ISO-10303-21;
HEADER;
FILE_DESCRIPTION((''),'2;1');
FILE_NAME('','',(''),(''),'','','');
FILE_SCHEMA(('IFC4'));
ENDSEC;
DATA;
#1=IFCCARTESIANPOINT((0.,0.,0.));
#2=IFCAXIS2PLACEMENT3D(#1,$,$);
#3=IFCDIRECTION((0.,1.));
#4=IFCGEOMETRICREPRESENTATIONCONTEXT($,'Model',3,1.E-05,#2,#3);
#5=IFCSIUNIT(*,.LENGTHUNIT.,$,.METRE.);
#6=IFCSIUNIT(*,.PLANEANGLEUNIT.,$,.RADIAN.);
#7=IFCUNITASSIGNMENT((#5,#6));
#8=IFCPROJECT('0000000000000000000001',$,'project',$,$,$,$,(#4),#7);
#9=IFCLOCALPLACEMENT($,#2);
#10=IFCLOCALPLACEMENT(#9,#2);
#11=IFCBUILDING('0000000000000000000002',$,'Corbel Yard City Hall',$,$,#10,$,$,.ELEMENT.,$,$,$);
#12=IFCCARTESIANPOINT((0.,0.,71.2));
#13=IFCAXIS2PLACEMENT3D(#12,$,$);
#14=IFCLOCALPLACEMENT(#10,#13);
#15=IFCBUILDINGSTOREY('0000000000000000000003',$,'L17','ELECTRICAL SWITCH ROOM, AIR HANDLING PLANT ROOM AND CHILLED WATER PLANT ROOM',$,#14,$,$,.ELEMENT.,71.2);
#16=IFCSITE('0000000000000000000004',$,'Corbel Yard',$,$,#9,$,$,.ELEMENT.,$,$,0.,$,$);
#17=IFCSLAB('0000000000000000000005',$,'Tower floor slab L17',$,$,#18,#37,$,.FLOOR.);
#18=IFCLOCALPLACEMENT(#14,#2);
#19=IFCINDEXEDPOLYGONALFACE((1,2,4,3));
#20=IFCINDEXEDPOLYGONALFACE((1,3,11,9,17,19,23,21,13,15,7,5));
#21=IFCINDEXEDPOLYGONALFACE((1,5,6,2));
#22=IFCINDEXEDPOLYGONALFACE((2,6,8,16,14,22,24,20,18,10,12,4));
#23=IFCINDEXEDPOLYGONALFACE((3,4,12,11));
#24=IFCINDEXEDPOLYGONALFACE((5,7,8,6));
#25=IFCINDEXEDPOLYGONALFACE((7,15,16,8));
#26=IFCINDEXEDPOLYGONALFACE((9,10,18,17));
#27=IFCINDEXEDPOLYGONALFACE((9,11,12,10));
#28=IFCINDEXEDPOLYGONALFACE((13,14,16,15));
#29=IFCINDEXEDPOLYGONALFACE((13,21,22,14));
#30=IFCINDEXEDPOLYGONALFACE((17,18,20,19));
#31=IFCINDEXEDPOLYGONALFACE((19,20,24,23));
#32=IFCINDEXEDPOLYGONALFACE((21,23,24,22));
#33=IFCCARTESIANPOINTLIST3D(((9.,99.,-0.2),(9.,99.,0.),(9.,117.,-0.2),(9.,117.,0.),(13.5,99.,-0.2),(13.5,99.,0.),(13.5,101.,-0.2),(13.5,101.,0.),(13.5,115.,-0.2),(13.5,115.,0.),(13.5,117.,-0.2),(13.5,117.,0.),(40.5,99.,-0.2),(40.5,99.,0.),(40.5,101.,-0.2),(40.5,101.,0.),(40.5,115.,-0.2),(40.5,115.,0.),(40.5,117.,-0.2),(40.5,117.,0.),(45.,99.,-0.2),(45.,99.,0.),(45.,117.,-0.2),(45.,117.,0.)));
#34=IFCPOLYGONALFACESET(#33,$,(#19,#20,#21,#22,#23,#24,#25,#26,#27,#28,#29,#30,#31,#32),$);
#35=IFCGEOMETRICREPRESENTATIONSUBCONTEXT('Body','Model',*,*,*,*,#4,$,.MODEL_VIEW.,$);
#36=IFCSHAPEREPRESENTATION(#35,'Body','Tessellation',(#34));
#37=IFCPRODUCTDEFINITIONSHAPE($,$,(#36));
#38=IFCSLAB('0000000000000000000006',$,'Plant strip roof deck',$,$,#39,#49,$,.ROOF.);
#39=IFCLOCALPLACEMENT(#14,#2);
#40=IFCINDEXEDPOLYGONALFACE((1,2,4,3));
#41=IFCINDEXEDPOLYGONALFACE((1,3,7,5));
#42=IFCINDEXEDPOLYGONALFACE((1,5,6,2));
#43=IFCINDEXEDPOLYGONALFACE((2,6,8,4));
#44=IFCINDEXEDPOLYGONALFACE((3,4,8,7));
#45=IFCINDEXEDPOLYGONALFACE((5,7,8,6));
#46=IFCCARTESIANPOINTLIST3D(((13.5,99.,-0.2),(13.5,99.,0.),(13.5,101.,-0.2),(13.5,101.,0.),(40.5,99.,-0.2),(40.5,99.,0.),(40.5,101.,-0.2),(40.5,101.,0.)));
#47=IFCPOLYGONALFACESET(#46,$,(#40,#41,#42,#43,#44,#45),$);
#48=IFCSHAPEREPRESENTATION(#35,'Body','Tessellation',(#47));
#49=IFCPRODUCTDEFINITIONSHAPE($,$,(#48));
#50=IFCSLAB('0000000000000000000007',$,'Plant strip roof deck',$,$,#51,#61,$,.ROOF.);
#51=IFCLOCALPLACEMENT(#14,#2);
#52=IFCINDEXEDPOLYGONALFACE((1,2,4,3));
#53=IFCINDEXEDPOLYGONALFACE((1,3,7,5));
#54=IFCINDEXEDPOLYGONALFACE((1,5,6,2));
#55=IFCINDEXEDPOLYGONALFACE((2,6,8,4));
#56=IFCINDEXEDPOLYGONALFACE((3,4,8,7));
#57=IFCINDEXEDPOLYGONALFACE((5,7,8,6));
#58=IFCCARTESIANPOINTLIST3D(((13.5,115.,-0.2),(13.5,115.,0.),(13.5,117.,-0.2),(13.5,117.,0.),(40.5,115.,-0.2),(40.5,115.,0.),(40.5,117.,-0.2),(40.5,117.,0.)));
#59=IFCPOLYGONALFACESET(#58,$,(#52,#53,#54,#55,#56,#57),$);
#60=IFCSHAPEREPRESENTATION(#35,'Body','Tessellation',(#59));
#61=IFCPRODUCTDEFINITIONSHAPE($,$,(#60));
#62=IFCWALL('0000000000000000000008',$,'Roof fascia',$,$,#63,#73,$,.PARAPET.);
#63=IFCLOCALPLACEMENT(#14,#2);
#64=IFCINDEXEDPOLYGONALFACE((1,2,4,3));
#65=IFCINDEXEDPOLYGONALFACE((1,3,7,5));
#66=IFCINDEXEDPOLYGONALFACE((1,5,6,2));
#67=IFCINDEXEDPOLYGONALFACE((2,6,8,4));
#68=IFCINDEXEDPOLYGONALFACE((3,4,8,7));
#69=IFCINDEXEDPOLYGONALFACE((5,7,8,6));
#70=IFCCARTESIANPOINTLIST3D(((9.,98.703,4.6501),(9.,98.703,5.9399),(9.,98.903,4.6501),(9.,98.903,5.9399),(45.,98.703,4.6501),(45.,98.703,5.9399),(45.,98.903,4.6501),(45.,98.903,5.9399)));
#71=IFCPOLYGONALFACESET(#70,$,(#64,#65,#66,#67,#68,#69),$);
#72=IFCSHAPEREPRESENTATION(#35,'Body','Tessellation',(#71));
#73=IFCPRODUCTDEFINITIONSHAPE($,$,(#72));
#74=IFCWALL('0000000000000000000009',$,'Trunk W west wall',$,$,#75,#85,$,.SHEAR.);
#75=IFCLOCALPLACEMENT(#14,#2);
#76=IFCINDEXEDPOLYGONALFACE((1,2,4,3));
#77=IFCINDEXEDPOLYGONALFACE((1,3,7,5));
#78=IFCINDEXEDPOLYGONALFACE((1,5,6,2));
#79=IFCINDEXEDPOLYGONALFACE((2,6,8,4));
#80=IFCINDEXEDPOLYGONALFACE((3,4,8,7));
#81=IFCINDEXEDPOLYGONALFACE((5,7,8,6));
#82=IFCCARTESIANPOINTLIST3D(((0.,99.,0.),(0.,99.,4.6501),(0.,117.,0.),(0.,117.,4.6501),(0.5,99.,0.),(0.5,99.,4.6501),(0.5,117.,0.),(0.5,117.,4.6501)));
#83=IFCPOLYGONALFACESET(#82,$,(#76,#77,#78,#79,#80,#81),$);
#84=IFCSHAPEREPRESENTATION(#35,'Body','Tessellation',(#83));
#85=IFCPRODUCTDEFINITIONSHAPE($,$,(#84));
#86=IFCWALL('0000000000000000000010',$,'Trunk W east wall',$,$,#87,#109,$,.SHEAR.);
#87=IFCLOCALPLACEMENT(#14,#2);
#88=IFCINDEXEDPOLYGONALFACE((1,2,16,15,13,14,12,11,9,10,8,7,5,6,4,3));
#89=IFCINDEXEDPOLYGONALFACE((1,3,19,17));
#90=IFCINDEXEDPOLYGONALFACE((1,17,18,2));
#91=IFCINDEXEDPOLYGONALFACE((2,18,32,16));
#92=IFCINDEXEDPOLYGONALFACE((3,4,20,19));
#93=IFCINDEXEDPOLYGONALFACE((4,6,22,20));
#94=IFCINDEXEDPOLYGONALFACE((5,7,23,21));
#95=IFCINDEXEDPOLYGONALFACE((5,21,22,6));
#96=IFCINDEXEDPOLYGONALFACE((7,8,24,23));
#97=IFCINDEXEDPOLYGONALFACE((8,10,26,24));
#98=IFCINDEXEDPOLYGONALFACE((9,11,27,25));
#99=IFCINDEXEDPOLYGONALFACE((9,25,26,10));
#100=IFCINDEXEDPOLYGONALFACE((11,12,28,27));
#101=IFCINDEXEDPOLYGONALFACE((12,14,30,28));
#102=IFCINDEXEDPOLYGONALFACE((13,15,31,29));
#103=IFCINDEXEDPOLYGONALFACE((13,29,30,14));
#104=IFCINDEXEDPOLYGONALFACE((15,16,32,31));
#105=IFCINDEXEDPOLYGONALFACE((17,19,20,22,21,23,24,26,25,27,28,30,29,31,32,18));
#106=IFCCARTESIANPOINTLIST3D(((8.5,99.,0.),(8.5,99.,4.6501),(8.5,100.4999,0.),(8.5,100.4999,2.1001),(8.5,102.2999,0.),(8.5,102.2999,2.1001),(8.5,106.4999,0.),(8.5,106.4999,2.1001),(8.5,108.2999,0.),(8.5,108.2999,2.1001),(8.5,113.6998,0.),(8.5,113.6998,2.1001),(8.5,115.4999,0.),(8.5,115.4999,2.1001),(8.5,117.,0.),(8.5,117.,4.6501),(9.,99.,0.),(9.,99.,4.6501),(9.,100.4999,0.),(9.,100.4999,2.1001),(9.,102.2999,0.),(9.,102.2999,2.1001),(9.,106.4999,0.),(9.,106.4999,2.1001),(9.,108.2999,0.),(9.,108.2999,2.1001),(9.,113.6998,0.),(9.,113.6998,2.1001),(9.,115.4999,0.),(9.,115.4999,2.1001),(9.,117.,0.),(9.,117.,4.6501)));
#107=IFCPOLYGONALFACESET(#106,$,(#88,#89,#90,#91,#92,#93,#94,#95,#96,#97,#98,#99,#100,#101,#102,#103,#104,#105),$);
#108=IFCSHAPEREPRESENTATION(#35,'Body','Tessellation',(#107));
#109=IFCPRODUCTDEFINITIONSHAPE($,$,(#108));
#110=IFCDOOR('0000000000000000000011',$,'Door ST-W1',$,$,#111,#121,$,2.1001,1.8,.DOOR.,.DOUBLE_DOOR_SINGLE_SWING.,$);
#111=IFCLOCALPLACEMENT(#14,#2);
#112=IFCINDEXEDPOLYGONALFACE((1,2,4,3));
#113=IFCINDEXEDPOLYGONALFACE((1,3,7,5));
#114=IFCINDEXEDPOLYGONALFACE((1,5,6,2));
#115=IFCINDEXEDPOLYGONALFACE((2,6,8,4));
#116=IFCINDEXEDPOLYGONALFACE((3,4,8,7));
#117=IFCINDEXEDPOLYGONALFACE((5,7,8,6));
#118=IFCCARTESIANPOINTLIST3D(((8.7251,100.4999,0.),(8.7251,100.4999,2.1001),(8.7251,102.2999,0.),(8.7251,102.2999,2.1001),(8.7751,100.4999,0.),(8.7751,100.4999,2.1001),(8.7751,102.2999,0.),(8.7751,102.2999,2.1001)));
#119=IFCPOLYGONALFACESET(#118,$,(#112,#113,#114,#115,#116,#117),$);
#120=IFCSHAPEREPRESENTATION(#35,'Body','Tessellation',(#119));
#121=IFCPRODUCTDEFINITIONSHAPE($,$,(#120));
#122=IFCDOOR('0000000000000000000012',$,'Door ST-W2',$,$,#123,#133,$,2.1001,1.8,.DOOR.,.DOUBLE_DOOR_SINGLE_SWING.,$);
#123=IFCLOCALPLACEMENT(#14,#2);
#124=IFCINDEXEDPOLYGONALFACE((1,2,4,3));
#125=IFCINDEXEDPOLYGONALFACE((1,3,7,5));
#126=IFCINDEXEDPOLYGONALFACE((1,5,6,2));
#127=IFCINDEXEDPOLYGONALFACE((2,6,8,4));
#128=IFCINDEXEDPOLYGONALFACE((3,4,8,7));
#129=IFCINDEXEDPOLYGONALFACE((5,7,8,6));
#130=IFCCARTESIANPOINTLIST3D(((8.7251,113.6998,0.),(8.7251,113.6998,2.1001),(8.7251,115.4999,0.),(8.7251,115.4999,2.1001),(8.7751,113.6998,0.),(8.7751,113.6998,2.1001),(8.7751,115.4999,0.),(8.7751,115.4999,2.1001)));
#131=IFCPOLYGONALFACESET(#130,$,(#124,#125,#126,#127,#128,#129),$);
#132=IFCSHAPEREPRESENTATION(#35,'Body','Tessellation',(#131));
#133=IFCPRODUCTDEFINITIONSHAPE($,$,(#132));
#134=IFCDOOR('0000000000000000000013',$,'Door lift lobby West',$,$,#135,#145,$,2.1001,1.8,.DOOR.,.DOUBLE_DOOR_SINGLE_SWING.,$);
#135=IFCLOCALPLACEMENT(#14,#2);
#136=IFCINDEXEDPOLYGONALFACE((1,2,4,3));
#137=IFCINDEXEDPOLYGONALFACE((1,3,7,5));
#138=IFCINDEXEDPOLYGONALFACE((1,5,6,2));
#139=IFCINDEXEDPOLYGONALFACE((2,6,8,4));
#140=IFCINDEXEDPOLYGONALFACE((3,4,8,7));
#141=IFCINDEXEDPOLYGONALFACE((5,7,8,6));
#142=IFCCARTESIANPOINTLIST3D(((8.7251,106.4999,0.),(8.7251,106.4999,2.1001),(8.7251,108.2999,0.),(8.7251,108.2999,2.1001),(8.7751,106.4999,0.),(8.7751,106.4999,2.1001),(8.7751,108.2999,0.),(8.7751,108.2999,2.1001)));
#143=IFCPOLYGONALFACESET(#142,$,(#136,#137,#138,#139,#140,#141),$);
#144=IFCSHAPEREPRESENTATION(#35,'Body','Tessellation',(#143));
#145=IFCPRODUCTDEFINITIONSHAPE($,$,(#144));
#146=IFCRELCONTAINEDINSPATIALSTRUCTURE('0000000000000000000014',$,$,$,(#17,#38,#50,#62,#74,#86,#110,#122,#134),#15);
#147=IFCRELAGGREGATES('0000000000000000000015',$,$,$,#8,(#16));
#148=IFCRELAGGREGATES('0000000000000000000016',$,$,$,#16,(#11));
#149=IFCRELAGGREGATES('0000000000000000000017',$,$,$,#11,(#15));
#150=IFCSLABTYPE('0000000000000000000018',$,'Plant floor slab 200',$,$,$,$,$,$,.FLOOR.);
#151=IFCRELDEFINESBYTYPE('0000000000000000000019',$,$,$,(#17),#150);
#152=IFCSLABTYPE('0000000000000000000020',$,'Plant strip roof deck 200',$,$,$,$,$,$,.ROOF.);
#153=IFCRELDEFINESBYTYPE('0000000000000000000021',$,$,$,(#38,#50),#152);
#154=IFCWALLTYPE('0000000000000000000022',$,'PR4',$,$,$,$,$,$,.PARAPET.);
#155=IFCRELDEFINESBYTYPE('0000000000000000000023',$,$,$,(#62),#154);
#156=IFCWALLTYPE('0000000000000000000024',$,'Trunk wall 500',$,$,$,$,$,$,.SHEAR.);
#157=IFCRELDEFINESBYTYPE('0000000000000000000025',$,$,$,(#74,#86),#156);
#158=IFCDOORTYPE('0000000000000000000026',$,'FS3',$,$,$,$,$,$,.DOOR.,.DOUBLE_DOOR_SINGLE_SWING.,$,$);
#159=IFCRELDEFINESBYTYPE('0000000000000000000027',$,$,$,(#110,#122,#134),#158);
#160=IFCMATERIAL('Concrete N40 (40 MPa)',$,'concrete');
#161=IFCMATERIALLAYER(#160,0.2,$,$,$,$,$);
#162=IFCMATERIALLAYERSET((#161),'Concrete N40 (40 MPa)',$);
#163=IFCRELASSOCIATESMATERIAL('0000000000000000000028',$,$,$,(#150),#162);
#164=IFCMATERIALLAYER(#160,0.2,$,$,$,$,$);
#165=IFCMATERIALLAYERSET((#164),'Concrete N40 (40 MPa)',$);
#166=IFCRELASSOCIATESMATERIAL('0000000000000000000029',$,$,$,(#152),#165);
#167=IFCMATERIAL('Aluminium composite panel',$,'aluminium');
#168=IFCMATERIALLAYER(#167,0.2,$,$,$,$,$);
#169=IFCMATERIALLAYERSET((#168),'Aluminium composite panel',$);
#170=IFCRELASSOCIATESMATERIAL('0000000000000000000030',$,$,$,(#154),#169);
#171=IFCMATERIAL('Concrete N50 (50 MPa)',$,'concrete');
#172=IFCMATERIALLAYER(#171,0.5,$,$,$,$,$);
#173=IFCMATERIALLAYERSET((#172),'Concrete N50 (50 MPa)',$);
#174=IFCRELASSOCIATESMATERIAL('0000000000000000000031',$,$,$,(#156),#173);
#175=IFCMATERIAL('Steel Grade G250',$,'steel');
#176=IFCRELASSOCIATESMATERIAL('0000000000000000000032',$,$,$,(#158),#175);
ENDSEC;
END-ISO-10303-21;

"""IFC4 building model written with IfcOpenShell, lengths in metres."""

from ifc_helpers import new_model, si_unit, direction, frame, frame_2d, origin, place, context, subcontext, project, spatial, polyline, rectangle, outline, extrude, material, layer, layer_set, type_object, element, fill, save


model = new_model("IFC4")

# Units and contexts
model_context = context("Model", 3, precision=1e-05, world=origin(), true_north=direction((0.0, 1.0)))
body_context = subcontext(model_context, "Body", "Model", "MODEL_VIEW")
ifc_project = project(units=[si_unit("LENGTHUNIT", "METRE"), si_unit("PLANEANGLEUNIT", "RADIAN")], contexts=[model_context])

# Site, building, storey
site_placement = place(None, origin())
site = spatial("IfcSite", under=ifc_project, at=site_placement, Name="Corbel Yard", CompositionType="ELEMENT", RefElevation=0.0)
building_placement = place(site_placement, origin())
building = spatial("IfcBuilding", under=site, at=building_placement, Name="Corbel Yard City Hall", CompositionType="ELEMENT")
storey_placement = place(building_placement, frame((0.0, 0.0, 71.2)))
storey = spatial("IfcBuildingStorey", under=building, at=storey_placement, Name="L17", Description="ELECTRICAL SWITCH ROOM, AIR HANDLING PLANT ROOM AND CHILLED WATER PLANT ROOM", CompositionType="ELEMENT", Elevation=71.2)

# Shared definitions
ifc_material_1 = material(Name="Concrete N40 (40 MPa)", Category="concrete")

# Slabs
ifc_layer_1 = layer(ifc_material_1, 0.2)
ifc_layer_set_1 = layer_set([ifc_layer_1], Name="Concrete N40 (40 MPa)")
slab_type_1 = type_object("IfcSlabType", Name="Plant floor slab 200", PredefinedType="FLOOR", material=ifc_layer_set_1)
slab_1_placement = place(storey_placement, frame((0.0, 0.0, -0.2)))
element("IfcSlab", 1, at=slab_1_placement, inside=storey, type_object=slab_type_1, Name="Tower floor slab L17", PredefinedType="FLOOR", context=body_context, shape_type="SweptSolid", body=[
    extrude(outline(polyline([(9.0, 117.0), (9.0, 99.0), (13.5, 99.0), (13.5, 101.0), (40.5, 101.0), (40.5, 99.0), (45.0, 99.0), (45.0, 117.0), (40.5, 117.0), (40.5, 115.0), (13.5, 115.0), (13.5, 117.0), (9.0, 117.0)])), origin(), (0.0, 0.0, 1.0), 0.2),
])
ifc_layer_2 = layer(ifc_material_1, 0.2)
ifc_layer_set_2 = layer_set([ifc_layer_2], Name="Concrete N40 (40 MPa)")
slab_type_2 = type_object("IfcSlabType", Name="Plant strip roof deck 200", PredefinedType="ROOF", material=ifc_layer_set_2)
slab_2_placement = place(storey_placement, frame((0.0, 0.0, -0.2)))
element("IfcSlab", 2, at=slab_2_placement, inside=storey, type_object=slab_type_2, Name="Plant strip roof deck", PredefinedType="ROOF", context=body_context, shape_type="SweptSolid", body=[
    extrude(outline(polyline([(40.5, 99.0), (40.5, 101.0), (13.5, 101.0), (13.5, 99.0), (40.5, 99.0)])), origin(), (0.0, 0.0, 1.0), 0.2),
])
slab_3_placement = place(storey_placement, frame((0.0, 0.0, -0.2)))
element("IfcSlab", 3, at=slab_3_placement, inside=storey, type_object=slab_type_2, Name="Plant strip roof deck", PredefinedType="ROOF", context=body_context, shape_type="SweptSolid", body=[
    extrude(outline(polyline([(40.5, 115.0), (40.5, 117.0), (13.5, 117.0), (13.5, 115.0), (40.5, 115.0)])), origin(), (0.0, 0.0, 1.0), 0.2),
])

# Walls
ifc_material_2 = material(Name="Aluminium composite panel", Category="aluminium")
ifc_layer_3 = layer(ifc_material_2, 0.2)
ifc_layer_set_3 = layer_set([ifc_layer_3], Name="Aluminium composite panel")
wall_type_1 = type_object("IfcWallType", Name="PR4", PredefinedType="PARAPET", material=ifc_layer_set_3)
wall_1_placement = place(storey_placement, frame((9.0, 98.803, 4.6501), z_axis=(0.0, 0.0, 1.0), x_axis=(1.0, 0.0, 0.0)))
element("IfcWall", 4, at=wall_1_placement, inside=storey, type_object=wall_type_1, Name="Roof fascia", PredefinedType="PARAPET", context=body_context, shape_type="SweptSolid", body=[
    extrude(rectangle(XDim=36.0, YDim=0.2, at=frame_2d((18.0, 0.0))), origin(), (0.0, 0.0, 1.0), 1.2898),
])
ifc_material_3 = material(Name="Concrete N50 (50 MPa)", Category="concrete")
ifc_layer_4 = layer(ifc_material_3, 0.5)
ifc_layer_set_4 = layer_set([ifc_layer_4], Name="Concrete N50 (50 MPa)")
wall_type_2 = type_object("IfcWallType", Name="Trunk wall 500", PredefinedType="SHEAR", material=ifc_layer_set_4)
wall_2_placement = place(storey_placement, frame((0.25, 99.0, 0.0), z_axis=(0.0, 0.0, 1.0), x_axis=(0.0, 1.0, 0.0)))
element("IfcWall", 5, at=wall_2_placement, inside=storey, type_object=wall_type_2, Name="Trunk W west wall", PredefinedType="SHEAR", context=body_context, shape_type="SweptSolid", body=[
    extrude(rectangle(XDim=18.0, YDim=0.5, at=frame_2d((9.0, 0.0))), origin(), (0.0, 0.0, 1.0), 4.6501),
])

# Wall, openings, doors
wall_3_placement = place(storey_placement, frame((8.75, 99.0, 0.0), z_axis=(0.0, 0.0, 1.0), x_axis=(0.0, 1.0, 0.0)))
wall_3 = element("IfcWall", 6, at=wall_3_placement, inside=storey, type_object=wall_type_2, Name="Trunk W east wall", PredefinedType="SHEAR", context=body_context, shape_type="SweptSolid", body=[
    extrude(rectangle(XDim=18.0, YDim=0.5, at=frame_2d((9.0, 0.0))), origin(), (0.0, 0.0, 1.0), 4.6501),
])
opening_1_placement = place(wall_3_placement, frame((1.5, 0.0, 0.0)))
opening_1 = element("IfcOpeningElement", 7, at=opening_1_placement, cuts=wall_3, PredefinedType="OPENING", context=body_context, shape_type="SweptSolid", body=[
    extrude(rectangle(XDim=1.8, YDim=2.1001, at=frame_2d((0.8999, 1.05))), frame((0.0, 0.26, 0.0), z_axis=(0.0, -1.0, 0.0), x_axis=(1.0, 0.0, 0.0)), (0.0, 0.0, 1.0), 0.52),
])
opening_2_placement = place(wall_3_placement, frame((14.7, 0.0, 0.0)))
opening_2 = element("IfcOpeningElement", 8, at=opening_2_placement, cuts=wall_3, PredefinedType="OPENING", context=body_context, shape_type="SweptSolid", body=[
    extrude(rectangle(XDim=1.8, YDim=2.1001, at=frame_2d((0.8999, 1.05))), frame((0.0, 0.26, 0.0), z_axis=(0.0, -1.0, 0.0), x_axis=(1.0, 0.0, 0.0)), (0.0, 0.0, 1.0), 0.52),
])
opening_3_placement = place(wall_3_placement, frame((7.5, 0.0, 0.0)))
opening_3 = element("IfcOpeningElement", 9, at=opening_3_placement, cuts=wall_3, PredefinedType="OPENING", context=body_context, shape_type="SweptSolid", body=[
    extrude(rectangle(XDim=1.8, YDim=2.1001, at=frame_2d((0.8999, 1.05))), frame((0.0, 0.26, 0.0), z_axis=(0.0, -1.0, 0.0), x_axis=(1.0, 0.0, 0.0)), (0.0, 0.0, 1.0), 0.52),
])
ifc_material_4 = material(Name="Steel Grade G250", Category="steel")
door_type = type_object("IfcDoorType", Name="FS3", OperationType="DOUBLE_DOOR_SINGLE_SWING", PredefinedType="DOOR", material=ifc_material_4)
door_1_placement = place(opening_1_placement, origin())
door_1 = element("IfcDoor", 10, at=door_1_placement, inside=storey, type_object=door_type, Name="Door ST-W1", OperationType="DOUBLE_DOOR_SINGLE_SWING", OverallHeight=2.1001, OverallWidth=1.8, PredefinedType="DOOR", context=body_context, shape_type="SweptSolid", body=[
    extrude(rectangle(XDim=1.8, YDim=2.1001, at=frame_2d((0.8999, 1.05))), frame((0.0, 0.0249, 0.0), z_axis=(0.0, -1.0, 0.0), x_axis=(1.0, 0.0, 0.0)), (0.0, 0.0, 1.0), 0.05),
])
fill(opening_1, door_1)
door_2_placement = place(opening_2_placement, origin())
door_2 = element("IfcDoor", 11, at=door_2_placement, inside=storey, type_object=door_type, Name="Door ST-W2", OperationType="DOUBLE_DOOR_SINGLE_SWING", OverallHeight=2.1001, OverallWidth=1.8, PredefinedType="DOOR", context=body_context, shape_type="SweptSolid", body=[
    extrude(rectangle(XDim=1.8, YDim=2.1001, at=frame_2d((0.8999, 1.05))), frame((0.0, 0.0249, 0.0), z_axis=(0.0, -1.0, 0.0), x_axis=(1.0, 0.0, 0.0)), (0.0, 0.0, 1.0), 0.05),
])
fill(opening_2, door_2)
door_3_placement = place(opening_3_placement, origin())
door_3 = element("IfcDoor", 12, at=door_3_placement, inside=storey, type_object=door_type, Name="Door lift lobby West", OperationType="DOUBLE_DOOR_SINGLE_SWING", OverallHeight=2.1001, OverallWidth=1.8, PredefinedType="DOOR", context=body_context, shape_type="SweptSolid", body=[
    extrude(rectangle(XDim=1.8, YDim=2.1001, at=frame_2d((0.8999, 1.05))), frame((0.0, 0.0249, 0.0), z_axis=(0.0, -1.0, 0.0), x_axis=(1.0, 0.0, 0.0)), (0.0, 0.0, 1.0), 0.05),
])
fill(opening_3, door_3)

save(model, "model.ifc")
